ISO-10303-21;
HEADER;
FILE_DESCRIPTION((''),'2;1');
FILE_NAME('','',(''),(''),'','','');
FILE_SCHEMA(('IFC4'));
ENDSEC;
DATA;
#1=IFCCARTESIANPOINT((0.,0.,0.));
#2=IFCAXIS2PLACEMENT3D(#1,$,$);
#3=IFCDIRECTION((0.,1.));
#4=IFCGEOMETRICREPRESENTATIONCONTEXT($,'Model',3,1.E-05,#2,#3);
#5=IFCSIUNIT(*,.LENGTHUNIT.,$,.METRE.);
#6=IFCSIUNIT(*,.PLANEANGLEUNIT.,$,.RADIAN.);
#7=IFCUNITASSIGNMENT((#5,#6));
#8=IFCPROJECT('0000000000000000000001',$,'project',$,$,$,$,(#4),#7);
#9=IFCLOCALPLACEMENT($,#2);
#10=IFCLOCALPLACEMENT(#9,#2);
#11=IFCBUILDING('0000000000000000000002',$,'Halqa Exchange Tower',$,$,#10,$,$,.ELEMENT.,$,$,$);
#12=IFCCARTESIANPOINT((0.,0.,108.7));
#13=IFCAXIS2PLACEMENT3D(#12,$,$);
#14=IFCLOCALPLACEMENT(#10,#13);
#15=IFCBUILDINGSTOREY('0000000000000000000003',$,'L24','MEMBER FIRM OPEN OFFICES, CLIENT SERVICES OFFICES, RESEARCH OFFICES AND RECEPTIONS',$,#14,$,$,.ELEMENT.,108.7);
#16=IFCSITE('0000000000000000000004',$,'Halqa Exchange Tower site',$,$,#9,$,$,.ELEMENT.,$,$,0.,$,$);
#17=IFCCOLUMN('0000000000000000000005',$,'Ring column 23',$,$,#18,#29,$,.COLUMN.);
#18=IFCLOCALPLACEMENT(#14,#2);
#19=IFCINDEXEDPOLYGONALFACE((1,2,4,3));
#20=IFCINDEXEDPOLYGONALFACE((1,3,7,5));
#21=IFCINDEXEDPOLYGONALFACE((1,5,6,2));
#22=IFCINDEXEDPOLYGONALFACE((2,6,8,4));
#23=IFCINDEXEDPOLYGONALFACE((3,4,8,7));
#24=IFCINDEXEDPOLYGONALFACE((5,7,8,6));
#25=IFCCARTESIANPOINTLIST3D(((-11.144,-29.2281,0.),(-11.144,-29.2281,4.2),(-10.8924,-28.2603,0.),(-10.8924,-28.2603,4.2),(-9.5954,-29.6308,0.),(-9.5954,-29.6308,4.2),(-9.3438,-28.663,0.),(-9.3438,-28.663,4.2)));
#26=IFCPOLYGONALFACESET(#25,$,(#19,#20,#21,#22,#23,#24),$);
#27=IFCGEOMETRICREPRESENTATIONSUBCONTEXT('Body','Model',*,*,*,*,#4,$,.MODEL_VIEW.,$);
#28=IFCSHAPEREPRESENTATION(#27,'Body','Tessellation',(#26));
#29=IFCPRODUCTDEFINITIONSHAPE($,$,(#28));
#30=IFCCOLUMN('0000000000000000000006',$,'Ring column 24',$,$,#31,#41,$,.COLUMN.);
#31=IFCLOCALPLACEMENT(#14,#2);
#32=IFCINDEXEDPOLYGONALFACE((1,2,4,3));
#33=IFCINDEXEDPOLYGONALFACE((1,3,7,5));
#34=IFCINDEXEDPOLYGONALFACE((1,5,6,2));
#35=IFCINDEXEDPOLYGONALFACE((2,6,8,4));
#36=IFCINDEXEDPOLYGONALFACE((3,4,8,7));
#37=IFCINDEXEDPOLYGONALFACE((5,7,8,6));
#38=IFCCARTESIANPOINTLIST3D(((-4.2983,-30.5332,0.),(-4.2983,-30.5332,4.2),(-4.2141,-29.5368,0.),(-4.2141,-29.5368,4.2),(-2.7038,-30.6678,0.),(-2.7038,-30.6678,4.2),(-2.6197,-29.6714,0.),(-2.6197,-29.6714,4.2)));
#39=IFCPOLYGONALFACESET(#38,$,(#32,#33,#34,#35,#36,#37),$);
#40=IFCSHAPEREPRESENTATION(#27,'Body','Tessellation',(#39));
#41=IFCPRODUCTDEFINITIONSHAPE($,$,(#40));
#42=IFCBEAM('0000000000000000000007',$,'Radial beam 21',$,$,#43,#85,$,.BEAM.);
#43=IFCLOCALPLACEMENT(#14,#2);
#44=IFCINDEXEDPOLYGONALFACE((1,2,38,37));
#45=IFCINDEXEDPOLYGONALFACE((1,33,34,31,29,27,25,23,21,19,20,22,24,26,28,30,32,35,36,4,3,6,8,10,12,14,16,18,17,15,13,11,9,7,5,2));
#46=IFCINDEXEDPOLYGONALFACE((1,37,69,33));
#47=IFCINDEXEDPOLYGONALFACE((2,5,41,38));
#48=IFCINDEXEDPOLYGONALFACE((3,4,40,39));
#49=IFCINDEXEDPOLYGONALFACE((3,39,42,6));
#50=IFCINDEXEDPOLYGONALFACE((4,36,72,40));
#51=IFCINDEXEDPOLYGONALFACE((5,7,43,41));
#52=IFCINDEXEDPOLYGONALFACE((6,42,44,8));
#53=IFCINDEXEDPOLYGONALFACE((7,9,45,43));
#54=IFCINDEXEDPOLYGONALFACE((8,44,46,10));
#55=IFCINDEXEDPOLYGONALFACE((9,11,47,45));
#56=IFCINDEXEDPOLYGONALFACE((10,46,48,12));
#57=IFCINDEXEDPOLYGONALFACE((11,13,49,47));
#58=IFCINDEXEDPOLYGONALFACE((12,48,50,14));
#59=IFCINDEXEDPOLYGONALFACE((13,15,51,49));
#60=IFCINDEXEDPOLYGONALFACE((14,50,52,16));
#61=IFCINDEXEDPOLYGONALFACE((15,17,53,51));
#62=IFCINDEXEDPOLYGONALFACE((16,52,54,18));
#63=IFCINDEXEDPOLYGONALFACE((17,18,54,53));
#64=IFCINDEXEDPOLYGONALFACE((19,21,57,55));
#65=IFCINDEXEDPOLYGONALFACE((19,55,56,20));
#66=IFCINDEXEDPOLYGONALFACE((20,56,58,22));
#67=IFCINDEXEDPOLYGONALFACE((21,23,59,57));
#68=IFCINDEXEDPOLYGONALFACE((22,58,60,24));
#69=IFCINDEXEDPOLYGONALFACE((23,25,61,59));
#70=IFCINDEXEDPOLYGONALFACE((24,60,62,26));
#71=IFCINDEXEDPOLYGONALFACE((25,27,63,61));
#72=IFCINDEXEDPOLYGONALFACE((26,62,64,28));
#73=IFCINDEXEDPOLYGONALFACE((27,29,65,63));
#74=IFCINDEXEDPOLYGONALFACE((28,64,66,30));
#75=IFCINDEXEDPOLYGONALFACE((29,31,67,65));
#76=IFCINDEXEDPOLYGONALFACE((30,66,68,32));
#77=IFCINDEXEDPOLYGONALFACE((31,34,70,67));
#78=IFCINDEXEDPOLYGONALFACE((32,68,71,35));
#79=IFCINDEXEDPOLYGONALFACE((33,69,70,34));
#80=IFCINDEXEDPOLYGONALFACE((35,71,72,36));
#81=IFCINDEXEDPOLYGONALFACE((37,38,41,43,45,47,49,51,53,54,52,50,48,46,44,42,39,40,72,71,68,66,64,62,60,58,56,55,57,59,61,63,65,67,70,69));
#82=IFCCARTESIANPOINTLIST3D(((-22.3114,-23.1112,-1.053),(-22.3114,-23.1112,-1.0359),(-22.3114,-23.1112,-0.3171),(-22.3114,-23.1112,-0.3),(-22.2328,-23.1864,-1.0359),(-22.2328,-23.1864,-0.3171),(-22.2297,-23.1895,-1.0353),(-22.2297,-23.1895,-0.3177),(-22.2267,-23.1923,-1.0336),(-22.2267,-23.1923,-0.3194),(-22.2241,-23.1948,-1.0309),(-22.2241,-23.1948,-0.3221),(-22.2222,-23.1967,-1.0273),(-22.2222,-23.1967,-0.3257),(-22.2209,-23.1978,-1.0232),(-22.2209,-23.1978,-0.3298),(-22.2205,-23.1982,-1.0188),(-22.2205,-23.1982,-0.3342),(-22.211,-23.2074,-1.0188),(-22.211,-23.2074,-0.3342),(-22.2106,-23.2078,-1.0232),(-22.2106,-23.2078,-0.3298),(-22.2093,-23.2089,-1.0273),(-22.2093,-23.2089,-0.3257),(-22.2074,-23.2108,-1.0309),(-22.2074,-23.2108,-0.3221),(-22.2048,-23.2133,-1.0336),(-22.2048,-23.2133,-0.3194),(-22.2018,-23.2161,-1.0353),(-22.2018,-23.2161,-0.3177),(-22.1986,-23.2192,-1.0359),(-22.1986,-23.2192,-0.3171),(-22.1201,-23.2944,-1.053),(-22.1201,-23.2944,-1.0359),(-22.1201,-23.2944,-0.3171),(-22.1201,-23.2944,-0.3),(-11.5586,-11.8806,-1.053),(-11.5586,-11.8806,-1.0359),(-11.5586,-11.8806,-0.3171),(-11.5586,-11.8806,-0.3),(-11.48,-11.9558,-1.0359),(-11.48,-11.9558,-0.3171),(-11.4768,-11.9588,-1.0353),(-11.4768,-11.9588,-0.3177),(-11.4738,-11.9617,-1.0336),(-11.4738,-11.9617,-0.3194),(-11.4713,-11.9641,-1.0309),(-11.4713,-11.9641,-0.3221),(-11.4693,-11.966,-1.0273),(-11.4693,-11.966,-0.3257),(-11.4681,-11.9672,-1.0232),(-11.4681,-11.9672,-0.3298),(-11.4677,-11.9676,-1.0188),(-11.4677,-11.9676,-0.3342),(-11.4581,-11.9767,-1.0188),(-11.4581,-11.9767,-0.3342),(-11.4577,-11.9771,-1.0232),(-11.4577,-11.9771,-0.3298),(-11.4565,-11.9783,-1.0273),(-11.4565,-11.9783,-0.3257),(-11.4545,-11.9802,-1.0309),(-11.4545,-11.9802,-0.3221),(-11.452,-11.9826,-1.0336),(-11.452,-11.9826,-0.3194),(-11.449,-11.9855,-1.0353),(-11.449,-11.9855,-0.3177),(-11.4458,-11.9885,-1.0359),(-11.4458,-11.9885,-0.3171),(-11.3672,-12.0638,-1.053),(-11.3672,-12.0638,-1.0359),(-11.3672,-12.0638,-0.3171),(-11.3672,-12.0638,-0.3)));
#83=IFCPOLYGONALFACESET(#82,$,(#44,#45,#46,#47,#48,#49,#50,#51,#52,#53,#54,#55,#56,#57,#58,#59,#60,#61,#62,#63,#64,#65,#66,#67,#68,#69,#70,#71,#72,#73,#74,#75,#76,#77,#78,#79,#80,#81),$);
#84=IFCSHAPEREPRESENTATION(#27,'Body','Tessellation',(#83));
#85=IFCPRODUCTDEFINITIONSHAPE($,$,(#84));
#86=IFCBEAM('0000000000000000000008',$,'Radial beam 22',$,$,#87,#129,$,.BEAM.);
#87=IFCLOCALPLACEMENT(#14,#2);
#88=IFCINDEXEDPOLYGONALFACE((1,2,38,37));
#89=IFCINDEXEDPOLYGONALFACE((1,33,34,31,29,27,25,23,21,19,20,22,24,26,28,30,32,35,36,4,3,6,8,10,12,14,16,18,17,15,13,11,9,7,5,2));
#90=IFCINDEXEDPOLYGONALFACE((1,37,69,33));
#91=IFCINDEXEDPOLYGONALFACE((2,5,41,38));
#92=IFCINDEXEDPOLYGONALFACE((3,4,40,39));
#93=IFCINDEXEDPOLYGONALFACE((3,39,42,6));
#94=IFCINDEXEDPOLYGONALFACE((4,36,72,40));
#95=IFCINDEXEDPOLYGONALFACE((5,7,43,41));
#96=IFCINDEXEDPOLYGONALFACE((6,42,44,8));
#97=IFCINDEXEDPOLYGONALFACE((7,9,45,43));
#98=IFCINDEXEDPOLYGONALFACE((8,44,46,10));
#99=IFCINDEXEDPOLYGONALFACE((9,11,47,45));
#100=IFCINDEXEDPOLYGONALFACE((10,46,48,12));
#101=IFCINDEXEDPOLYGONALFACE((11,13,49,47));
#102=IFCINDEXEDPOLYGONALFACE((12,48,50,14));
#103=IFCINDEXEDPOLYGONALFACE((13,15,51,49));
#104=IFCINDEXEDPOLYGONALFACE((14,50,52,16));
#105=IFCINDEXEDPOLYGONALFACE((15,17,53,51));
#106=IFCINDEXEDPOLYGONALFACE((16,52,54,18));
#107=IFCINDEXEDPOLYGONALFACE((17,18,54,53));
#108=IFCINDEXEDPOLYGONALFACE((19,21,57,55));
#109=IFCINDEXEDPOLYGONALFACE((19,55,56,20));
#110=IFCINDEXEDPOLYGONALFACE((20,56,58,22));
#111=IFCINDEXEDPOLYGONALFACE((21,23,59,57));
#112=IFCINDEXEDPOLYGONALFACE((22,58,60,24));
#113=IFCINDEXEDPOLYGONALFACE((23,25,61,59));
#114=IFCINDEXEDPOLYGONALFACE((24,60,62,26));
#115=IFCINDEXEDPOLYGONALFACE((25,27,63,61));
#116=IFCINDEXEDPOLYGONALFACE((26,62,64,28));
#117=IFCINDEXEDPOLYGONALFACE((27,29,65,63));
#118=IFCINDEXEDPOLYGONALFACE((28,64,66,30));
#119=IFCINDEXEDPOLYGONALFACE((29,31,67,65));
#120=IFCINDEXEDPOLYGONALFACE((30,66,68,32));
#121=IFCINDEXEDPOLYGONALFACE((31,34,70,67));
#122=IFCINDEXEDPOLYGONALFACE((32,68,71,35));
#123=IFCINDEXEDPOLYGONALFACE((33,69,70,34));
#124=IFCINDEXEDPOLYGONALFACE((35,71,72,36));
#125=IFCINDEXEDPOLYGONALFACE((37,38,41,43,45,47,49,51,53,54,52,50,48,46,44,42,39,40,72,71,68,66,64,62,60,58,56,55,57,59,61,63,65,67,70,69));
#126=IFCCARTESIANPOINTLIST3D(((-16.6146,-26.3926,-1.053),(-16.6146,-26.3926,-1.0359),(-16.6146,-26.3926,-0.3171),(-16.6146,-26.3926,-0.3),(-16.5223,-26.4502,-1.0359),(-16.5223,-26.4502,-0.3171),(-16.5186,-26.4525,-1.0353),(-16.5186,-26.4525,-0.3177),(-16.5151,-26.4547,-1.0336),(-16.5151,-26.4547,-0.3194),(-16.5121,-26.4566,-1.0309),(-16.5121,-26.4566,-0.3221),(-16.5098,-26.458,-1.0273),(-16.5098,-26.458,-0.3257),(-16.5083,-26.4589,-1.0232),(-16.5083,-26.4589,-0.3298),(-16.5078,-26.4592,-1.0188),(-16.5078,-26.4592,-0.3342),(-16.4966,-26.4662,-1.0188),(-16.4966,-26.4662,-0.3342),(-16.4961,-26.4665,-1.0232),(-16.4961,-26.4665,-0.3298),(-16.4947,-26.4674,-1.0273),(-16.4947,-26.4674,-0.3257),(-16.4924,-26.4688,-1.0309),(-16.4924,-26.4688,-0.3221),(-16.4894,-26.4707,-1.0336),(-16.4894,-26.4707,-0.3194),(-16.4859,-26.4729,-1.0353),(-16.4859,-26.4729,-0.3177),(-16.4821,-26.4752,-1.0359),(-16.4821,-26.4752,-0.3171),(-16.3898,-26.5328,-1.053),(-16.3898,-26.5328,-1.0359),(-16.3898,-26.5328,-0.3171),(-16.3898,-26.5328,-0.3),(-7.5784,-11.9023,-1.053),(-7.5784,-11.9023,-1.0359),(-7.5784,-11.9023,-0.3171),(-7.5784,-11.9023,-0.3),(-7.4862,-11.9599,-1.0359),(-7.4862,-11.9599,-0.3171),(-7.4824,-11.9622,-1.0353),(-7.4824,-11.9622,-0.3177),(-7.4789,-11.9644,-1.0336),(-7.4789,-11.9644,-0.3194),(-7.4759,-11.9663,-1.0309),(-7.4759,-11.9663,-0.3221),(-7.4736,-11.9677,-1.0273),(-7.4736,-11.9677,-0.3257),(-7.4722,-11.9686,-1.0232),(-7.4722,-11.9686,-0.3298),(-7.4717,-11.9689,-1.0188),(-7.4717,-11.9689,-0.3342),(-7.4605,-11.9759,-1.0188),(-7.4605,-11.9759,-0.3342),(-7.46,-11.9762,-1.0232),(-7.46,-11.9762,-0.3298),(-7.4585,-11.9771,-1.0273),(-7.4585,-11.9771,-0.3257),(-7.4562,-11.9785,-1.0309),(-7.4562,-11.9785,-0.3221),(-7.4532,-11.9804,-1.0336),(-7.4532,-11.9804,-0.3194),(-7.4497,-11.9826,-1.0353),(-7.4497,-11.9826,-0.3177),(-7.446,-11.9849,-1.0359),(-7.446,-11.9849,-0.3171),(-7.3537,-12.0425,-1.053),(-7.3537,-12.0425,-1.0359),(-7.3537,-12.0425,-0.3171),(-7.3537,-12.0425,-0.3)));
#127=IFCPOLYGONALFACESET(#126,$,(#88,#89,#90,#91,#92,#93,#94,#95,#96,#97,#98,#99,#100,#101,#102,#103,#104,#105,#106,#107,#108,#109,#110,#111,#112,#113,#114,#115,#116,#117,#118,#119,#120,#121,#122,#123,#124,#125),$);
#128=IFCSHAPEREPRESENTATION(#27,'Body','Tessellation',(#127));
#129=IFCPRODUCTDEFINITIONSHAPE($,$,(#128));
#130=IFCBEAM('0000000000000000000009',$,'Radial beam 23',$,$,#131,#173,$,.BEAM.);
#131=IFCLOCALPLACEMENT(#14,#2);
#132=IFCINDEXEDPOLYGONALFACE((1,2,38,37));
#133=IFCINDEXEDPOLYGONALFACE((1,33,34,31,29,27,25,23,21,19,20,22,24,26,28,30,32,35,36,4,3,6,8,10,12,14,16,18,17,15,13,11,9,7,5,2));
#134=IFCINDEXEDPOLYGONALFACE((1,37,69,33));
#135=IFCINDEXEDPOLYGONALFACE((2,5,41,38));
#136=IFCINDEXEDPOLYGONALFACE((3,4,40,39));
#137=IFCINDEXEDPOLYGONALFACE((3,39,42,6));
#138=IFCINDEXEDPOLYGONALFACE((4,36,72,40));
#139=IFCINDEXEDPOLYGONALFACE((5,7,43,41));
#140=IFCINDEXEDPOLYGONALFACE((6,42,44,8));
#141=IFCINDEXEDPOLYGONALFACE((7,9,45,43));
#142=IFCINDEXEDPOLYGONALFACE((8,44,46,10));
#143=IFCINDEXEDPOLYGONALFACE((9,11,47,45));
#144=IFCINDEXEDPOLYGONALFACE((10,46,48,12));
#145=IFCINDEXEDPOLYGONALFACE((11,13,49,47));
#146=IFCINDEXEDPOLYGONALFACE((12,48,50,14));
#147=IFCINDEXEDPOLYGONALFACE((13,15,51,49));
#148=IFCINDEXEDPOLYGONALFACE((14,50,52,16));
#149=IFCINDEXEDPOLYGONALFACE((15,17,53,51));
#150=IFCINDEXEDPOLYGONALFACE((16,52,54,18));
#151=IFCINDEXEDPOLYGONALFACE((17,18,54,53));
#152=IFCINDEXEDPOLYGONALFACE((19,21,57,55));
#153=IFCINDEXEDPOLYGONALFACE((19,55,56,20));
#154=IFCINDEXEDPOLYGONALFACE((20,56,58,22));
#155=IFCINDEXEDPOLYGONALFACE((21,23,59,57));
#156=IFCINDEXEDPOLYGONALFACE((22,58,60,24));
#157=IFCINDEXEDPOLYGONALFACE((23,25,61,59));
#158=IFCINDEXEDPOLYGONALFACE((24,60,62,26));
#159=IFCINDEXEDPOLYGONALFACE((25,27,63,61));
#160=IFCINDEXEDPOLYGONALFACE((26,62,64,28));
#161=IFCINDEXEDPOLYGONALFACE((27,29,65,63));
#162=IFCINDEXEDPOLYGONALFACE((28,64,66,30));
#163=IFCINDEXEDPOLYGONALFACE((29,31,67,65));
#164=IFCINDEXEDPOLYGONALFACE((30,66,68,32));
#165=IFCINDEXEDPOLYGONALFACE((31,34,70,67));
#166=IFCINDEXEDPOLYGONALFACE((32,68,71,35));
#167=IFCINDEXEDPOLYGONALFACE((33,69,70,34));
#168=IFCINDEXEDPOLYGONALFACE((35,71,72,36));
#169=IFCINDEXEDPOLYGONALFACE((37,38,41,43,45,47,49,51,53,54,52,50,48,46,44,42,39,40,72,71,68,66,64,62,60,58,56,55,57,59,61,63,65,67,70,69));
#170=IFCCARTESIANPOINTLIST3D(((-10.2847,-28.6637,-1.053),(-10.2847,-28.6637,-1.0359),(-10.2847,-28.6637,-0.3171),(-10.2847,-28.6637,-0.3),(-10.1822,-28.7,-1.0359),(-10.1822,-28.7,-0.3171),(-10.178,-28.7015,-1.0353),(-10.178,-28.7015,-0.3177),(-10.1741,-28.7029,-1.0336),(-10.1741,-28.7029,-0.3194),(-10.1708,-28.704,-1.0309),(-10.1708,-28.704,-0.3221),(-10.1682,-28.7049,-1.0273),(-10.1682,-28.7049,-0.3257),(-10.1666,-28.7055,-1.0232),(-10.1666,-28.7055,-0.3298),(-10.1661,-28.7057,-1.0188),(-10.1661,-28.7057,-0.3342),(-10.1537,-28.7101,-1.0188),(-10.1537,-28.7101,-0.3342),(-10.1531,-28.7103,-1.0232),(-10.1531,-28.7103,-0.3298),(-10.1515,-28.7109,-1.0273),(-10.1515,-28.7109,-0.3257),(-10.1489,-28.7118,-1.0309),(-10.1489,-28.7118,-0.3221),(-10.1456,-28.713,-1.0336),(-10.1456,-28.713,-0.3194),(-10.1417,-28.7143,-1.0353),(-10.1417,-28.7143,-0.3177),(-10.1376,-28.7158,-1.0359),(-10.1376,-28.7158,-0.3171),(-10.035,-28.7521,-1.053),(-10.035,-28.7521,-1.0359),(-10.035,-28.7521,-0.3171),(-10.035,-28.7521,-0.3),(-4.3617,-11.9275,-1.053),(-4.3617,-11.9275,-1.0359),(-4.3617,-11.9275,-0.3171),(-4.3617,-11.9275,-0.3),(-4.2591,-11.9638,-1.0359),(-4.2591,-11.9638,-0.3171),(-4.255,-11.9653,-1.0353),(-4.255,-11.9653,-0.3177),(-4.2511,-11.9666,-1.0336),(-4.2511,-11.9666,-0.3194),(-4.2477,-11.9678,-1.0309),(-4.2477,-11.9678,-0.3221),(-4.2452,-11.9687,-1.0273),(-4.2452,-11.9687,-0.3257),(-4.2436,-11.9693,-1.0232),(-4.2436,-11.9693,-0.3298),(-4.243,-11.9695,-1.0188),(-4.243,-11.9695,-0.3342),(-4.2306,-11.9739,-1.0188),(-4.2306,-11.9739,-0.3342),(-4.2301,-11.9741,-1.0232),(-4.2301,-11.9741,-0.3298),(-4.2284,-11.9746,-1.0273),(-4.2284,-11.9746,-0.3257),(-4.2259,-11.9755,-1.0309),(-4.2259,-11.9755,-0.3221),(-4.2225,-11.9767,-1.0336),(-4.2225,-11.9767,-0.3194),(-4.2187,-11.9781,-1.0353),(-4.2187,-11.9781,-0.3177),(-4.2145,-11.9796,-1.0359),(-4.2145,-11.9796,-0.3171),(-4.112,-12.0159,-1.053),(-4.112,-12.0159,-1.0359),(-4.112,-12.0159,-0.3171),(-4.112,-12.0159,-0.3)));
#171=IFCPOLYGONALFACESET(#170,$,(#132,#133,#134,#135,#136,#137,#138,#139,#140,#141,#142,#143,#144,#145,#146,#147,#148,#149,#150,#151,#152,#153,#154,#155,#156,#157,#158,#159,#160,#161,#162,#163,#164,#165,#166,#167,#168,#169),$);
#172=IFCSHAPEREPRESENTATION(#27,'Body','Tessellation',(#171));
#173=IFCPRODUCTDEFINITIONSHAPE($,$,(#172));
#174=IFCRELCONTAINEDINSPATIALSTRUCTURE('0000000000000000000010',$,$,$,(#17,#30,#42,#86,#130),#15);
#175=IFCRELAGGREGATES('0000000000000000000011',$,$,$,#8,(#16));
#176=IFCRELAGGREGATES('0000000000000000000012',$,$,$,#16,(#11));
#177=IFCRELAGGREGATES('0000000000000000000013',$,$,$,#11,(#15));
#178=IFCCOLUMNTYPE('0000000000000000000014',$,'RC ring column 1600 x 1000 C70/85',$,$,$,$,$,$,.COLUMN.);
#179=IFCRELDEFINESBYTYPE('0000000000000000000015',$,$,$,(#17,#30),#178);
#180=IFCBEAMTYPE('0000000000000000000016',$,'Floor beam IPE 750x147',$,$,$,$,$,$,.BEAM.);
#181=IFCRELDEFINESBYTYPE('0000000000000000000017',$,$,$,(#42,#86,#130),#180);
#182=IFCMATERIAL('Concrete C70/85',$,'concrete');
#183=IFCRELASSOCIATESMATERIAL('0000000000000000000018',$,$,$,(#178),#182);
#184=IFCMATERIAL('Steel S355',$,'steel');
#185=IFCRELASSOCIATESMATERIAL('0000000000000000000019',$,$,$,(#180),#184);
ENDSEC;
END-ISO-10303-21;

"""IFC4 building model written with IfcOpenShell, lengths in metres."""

from ifc_helpers import new_model, si_unit, direction, frame, origin, origin_2d, place, context, subcontext, project, spatial, rectangle, i_section, extrude, material, material_profile, profile_set, type_object, element, save


model = new_model("IFC4")

# Units and contexts
model_context = context("Model", 3, precision=1e-05, world=origin(), true_north=direction((0.0, 1.0)))
body_context = subcontext(model_context, "Body", "Model", "MODEL_VIEW")
ifc_project = project(units=[si_unit("LENGTHUNIT", "METRE"), si_unit("PLANEANGLEUNIT", "RADIAN")], contexts=[model_context])

# Site, building, storey
site_placement = place(None, origin())
site = spatial("IfcSite", under=ifc_project, at=site_placement, Name="Halqa Exchange Tower site", CompositionType="ELEMENT", RefElevation=0.0)
building_placement = place(site_placement, origin())
building = spatial("IfcBuilding", under=site, at=building_placement, Name="Halqa Exchange Tower", CompositionType="ELEMENT")
storey_placement = place(building_placement, frame((0.0, 0.0, 108.7)))
storey = spatial("IfcBuildingStorey", under=building, at=storey_placement, Name="L24", Description="MEMBER FIRM OPEN OFFICES, CLIENT SERVICES OFFICES, RESEARCH OFFICES AND RECEPTIONS", CompositionType="ELEMENT", Elevation=108.7)

# Columns
ifc_material_1 = material(Name="Concrete C70/85", Category="concrete")
ifc_material_profile_1 = material_profile(ifc_material_1, rectangle(XDim=1.6001, YDim=1.0, at=origin_2d()), Name="1600 x 1000")
ifc_profile_set_1 = profile_set([ifc_material_profile_1], Name="Concrete C70/85")
column_type = type_object("IfcColumnType", Name="RC ring column 1600 x 1000 C70/85", PredefinedType="COLUMN", material=ifc_profile_set_1)
for number, where, z_axis, x_axis, name in (
    (1, (-10.2439, -28.9456, 0.0), (0.0, 0.0, 1.0), (0.96782, -0.251644, 0.0), "Ring column 23"),
    (2, (-3.459, -30.1023, 0.0), (0.0, 0.0, 1.0), (0.996456, -0.08412, 0.0), "Ring column 24"),
):
    element("IfcColumn", number, at=place(storey_placement, frame(where, z_axis=z_axis, x_axis=x_axis)), inside=storey, type_object=column_type, Name=name, PredefinedType="COLUMN", context=body_context, shape_type="SweptSolid", body=[
        extrude(rectangle(XDim=1.6001, YDim=1.0, at=origin_2d()), origin(), (0.0, 0.0, 1.0), 4.2),
    ])

# Beams
ifc_material_2 = material(Name="Steel S355", Category="steel")
ifc_material_profile_2 = material_profile(ifc_material_2, i_section(OverallWidth=0.2649, OverallDepth=0.7529, WebThickness=0.0132, FlangeThickness=0.0171, FilletRadius=0.0171, at=origin_2d()), Name="IPE 750x147")
ifc_profile_set_2 = profile_set([ifc_material_profile_2], Name="Steel S355")
beam_type_1 = type_object("IfcBeamType", Name="Floor beam IPE 750x147", PredefinedType="BEAM", material=ifc_profile_set_2)
beam_1_placement = place(storey_placement, frame((-11.4629, -11.9722, -0.6765), z_axis=(-0.691576, -0.722304, 0.0), x_axis=(0.722304, -0.691576, 0.0)))
element("IfcBeam", 3, at=beam_1_placement, inside=storey, type_object=beam_type_1, Name="Radial beam 21", PredefinedType="BEAM", context=body_context, shape_type="SweptSolid", body=[
    extrude(i_section(OverallWidth=0.2649, OverallDepth=0.7529, WebThickness=0.0132, FlangeThickness=0.0171, FilletRadius=0.0171, at=origin_2d()), origin(), (0.0, 0.0, 1.0), 15.5483),
])
beam_2_placement = place(storey_placement, frame((-7.4661, -11.9724, -0.6765), z_axis=(-0.529145, -0.848531, 0.0), x_axis=(0.848531, -0.529145, 0.0)))
element("IfcBeam", 4, at=beam_2_placement, inside=storey, type_object=beam_type_1, Name="Radial beam 22", PredefinedType="BEAM", context=body_context, shape_type="SweptSolid", body=[
    extrude(i_section(OverallWidth=0.2649, OverallDepth=0.7529, WebThickness=0.0132, FlangeThickness=0.0171, FilletRadius=0.0171, at=origin_2d()), origin(), (0.0, 0.0, 1.0), 17.0769),
])
beam_3_placement = place(storey_placement, frame((-4.2368, -11.9717, -0.6765), z_axis=(-0.333629, -0.942704, 0.0), x_axis=(0.942704, -0.333629, 0.0)))
element("IfcBeam", 5, at=beam_3_placement, inside=storey, type_object=beam_type_1, Name="Radial beam 23", PredefinedType="BEAM", context=body_context, shape_type="SweptSolid", body=[
    extrude(i_section(OverallWidth=0.2649, OverallDepth=0.7529, WebThickness=0.0132, FlangeThickness=0.0171, FilletRadius=0.0171, at=origin_2d()), origin(), (0.0, 0.0, 1.0), 17.7534),
])

save(model, "model.ifc")
